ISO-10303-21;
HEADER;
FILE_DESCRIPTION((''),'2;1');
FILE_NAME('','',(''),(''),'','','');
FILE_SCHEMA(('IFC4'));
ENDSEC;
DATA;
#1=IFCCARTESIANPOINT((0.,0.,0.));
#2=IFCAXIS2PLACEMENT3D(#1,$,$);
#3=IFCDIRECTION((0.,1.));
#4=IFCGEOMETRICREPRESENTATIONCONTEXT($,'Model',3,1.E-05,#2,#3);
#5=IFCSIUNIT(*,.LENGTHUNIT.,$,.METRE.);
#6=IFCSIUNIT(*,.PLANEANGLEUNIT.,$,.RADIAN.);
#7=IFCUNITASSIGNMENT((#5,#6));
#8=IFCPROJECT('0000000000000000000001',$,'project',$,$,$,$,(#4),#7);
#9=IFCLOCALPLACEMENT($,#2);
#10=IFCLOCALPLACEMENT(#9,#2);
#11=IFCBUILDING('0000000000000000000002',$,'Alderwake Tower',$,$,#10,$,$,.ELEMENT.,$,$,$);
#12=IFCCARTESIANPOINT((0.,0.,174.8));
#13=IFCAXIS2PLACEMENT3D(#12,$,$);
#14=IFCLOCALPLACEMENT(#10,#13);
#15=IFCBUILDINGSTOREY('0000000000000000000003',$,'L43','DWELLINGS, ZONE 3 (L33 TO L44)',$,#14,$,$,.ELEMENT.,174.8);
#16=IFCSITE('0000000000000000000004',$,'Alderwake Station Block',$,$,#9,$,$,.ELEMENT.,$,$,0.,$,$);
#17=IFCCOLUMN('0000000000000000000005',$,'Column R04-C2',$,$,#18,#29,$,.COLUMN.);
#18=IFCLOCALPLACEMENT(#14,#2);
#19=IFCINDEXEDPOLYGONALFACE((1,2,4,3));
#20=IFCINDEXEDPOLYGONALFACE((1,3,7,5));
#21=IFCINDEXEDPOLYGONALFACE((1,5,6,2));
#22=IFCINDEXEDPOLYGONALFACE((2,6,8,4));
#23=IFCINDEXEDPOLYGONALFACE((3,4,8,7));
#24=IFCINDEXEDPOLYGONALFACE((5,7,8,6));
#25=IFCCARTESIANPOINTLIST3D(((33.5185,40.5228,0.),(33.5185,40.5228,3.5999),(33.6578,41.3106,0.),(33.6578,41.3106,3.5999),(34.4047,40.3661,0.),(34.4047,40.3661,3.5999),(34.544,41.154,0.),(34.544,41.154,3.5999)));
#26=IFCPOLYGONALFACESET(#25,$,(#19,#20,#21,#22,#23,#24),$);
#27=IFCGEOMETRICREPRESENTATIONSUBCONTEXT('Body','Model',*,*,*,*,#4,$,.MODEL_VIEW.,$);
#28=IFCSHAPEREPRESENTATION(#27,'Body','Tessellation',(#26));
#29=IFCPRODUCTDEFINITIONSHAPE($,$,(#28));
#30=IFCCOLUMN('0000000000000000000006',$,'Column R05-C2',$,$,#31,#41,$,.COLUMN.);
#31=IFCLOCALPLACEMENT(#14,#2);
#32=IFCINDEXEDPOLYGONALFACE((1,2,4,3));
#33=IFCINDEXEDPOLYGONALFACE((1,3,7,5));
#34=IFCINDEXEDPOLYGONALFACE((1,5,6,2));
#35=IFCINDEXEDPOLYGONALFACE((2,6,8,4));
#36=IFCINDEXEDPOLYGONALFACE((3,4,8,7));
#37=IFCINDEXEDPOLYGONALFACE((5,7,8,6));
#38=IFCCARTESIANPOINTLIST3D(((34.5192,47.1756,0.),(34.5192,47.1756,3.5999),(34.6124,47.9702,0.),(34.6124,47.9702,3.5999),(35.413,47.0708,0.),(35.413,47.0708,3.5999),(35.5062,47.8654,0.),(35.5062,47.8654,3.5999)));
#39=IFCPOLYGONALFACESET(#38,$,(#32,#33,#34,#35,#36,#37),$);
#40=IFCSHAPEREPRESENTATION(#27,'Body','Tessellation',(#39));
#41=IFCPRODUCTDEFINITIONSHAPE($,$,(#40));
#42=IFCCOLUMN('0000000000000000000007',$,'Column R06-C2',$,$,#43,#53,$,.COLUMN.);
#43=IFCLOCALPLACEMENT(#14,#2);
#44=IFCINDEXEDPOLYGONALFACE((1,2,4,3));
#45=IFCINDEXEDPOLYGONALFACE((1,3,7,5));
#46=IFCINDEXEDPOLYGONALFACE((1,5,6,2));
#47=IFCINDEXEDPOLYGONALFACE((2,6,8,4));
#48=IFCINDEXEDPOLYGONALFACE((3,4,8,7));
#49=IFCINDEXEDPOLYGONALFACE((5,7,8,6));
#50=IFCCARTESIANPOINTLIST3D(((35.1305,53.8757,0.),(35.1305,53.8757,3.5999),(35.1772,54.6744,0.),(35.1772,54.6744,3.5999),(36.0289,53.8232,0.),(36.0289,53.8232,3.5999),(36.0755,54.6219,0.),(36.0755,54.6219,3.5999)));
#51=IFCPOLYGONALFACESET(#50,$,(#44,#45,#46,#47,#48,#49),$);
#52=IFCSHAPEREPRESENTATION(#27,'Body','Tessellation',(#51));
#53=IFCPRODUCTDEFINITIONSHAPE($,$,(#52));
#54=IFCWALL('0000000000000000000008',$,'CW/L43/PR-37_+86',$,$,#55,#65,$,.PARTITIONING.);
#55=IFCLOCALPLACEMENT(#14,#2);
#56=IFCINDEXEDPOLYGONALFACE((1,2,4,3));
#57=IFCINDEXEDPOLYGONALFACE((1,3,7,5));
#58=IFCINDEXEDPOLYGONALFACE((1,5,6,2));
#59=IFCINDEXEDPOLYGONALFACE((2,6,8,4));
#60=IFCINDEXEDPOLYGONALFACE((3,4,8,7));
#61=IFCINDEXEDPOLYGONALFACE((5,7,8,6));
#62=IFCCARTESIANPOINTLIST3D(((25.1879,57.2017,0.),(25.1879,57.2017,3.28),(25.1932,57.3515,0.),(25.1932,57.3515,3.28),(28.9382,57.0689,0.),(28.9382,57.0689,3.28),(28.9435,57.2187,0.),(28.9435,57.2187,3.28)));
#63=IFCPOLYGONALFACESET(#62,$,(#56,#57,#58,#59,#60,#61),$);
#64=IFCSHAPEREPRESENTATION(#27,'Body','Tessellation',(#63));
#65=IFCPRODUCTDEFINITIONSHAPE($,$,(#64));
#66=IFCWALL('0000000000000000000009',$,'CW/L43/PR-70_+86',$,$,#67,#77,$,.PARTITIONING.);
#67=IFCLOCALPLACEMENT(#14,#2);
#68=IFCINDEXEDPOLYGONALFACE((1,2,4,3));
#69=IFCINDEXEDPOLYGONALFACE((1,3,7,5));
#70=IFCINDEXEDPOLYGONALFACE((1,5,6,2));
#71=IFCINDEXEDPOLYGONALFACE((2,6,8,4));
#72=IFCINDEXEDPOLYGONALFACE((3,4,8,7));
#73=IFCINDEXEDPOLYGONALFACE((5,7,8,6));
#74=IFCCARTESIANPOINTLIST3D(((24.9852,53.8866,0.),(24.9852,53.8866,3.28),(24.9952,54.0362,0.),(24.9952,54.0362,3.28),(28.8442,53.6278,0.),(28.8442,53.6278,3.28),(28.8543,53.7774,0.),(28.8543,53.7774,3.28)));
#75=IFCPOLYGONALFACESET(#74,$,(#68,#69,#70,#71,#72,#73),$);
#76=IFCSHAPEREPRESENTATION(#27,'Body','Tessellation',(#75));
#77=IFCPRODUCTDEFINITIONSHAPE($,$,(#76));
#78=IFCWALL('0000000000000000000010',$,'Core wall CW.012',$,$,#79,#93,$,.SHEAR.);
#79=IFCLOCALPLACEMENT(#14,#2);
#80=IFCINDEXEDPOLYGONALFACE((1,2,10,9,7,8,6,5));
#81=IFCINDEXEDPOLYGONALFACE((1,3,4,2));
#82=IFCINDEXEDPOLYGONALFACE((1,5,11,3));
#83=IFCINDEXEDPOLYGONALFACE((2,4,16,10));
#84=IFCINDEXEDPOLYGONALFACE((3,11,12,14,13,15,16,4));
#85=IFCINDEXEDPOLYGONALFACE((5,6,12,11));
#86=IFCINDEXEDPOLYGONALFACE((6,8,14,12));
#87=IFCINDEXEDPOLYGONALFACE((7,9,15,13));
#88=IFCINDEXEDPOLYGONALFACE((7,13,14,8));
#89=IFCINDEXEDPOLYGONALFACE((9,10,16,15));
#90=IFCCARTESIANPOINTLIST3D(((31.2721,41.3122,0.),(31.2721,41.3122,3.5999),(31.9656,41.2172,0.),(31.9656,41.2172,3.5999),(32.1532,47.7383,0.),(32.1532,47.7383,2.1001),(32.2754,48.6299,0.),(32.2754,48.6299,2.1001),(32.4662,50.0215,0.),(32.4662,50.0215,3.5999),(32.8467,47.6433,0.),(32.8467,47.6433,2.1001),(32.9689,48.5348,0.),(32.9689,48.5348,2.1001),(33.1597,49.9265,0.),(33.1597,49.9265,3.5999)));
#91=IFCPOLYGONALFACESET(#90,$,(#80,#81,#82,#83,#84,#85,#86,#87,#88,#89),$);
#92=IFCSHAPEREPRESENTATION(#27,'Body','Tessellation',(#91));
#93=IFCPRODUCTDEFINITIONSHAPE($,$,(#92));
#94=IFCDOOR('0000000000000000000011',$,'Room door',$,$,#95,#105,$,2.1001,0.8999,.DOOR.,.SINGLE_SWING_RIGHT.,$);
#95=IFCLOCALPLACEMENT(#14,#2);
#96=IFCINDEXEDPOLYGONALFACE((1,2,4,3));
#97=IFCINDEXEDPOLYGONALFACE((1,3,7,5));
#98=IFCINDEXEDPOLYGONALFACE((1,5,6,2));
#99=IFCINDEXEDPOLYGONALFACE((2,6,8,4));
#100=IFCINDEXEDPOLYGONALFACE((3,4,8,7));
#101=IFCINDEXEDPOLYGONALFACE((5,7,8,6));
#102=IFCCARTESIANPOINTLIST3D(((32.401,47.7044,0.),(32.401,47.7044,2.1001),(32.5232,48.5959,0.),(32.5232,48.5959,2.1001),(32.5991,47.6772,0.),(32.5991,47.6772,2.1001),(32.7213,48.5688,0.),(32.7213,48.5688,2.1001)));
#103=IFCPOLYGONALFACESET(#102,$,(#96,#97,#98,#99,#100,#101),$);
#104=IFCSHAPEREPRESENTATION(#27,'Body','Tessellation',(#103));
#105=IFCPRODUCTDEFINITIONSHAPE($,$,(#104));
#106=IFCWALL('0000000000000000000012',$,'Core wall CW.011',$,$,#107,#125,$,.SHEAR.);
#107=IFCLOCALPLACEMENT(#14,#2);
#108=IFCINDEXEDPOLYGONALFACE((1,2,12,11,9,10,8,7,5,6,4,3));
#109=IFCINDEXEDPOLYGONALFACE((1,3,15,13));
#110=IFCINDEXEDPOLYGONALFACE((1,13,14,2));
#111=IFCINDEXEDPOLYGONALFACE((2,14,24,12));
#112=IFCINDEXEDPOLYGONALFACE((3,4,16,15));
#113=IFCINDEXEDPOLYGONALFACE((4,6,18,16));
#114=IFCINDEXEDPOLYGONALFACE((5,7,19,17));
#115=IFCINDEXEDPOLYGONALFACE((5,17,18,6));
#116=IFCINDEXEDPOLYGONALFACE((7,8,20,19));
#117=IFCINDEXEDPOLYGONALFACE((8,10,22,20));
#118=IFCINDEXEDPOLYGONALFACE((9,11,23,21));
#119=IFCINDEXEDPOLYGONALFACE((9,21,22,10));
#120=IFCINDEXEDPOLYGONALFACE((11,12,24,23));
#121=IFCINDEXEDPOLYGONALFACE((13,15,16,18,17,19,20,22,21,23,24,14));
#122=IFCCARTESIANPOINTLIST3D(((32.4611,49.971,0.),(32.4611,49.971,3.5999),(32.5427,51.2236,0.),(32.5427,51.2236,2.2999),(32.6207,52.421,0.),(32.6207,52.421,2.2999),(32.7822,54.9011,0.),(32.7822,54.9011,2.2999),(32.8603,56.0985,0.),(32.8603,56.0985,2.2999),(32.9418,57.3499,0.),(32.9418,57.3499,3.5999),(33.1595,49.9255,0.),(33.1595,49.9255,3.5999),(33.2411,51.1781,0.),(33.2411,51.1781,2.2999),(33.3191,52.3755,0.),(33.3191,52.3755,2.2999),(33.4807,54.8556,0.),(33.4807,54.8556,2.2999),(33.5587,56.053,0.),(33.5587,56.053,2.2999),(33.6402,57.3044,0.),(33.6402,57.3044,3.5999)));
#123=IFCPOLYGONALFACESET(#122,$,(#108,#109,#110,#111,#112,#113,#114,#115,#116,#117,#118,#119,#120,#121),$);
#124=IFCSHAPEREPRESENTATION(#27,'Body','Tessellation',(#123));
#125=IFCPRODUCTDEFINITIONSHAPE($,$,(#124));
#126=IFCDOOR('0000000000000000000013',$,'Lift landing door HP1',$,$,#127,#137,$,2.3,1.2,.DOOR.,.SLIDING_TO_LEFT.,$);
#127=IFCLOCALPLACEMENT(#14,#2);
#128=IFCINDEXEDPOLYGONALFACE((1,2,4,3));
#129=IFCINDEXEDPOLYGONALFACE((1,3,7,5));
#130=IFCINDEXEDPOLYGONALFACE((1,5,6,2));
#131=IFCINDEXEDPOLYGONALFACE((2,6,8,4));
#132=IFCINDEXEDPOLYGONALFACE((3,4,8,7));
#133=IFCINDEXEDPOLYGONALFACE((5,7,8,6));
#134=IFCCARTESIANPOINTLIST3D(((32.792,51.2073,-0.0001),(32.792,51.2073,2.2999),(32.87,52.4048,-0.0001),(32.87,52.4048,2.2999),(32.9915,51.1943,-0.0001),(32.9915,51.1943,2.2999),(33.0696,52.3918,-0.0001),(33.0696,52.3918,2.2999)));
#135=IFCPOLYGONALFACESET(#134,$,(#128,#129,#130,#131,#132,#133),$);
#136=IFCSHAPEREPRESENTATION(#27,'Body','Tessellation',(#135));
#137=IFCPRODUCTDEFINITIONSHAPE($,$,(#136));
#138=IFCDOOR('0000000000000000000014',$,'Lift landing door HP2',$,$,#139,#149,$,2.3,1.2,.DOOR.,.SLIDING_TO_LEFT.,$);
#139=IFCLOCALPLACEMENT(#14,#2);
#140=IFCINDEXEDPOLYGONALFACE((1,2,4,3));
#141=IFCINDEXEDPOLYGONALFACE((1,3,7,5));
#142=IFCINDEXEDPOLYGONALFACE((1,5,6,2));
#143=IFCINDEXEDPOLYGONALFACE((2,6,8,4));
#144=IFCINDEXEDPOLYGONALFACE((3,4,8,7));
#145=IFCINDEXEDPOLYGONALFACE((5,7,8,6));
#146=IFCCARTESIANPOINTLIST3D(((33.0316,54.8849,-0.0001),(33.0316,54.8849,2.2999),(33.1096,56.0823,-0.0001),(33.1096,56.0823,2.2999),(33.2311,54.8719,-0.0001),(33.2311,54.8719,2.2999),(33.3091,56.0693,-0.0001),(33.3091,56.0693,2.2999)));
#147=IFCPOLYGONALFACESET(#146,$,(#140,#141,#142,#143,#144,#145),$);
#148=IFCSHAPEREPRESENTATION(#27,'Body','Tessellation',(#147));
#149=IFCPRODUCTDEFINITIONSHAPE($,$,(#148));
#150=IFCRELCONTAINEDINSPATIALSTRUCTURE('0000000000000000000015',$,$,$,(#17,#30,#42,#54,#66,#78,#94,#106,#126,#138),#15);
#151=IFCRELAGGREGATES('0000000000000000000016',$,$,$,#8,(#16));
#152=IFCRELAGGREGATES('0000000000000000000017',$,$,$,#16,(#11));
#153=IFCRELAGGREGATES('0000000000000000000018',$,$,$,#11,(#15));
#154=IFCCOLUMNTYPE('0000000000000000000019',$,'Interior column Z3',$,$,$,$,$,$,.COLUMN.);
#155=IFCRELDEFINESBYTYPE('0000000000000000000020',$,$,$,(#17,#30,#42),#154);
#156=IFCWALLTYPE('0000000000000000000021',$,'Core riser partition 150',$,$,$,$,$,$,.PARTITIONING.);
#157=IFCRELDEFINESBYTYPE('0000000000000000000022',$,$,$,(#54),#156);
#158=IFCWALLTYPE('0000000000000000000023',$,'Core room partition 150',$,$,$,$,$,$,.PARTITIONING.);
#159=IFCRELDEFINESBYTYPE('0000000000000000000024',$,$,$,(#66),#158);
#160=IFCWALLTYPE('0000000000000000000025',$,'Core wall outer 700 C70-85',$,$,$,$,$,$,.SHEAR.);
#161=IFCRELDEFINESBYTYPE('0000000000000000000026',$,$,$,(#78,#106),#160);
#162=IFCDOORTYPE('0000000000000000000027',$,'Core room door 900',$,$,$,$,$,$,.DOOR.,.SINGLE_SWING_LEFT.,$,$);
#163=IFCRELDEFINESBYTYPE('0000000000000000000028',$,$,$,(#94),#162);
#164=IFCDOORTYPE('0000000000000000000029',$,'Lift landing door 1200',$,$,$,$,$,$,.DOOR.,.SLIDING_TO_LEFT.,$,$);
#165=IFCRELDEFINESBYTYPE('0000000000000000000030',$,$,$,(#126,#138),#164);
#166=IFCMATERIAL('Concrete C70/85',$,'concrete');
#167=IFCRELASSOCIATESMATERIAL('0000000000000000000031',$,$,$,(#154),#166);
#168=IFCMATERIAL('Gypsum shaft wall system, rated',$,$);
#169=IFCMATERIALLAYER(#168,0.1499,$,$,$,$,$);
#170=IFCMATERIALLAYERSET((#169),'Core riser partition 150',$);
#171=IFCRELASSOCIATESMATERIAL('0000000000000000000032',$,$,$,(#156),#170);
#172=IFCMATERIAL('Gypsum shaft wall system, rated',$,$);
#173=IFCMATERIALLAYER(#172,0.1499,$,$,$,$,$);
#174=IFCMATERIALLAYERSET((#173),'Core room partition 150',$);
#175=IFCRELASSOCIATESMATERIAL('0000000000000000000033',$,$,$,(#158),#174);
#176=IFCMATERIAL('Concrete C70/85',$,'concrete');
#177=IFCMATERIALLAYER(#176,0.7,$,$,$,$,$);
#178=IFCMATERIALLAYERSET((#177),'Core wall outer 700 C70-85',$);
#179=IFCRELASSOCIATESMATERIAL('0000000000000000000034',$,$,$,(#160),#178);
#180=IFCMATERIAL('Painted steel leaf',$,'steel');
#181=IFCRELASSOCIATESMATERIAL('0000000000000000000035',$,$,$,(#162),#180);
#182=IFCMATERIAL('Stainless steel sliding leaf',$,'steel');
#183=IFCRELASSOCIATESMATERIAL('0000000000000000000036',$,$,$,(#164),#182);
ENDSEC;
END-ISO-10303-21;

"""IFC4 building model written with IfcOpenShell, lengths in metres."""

from ifc_helpers import new_model, si_unit, direction, frame, frame_2d, origin, origin_2d, place, context, subcontext, project, spatial, rectangle, extrude, material, layer, layer_set, material_profile, profile_set, type_object, element, fill, save


model = new_model("IFC4")

# Units and contexts
model_context = context("Model", 3, precision=1e-05, world=origin(), true_north=direction((0.0, 1.0)))
body_context = subcontext(model_context, "Body", "Model", "MODEL_VIEW")
ifc_project = project(units=[si_unit("LENGTHUNIT", "METRE"), si_unit("PLANEANGLEUNIT", "RADIAN")], contexts=[model_context])

# Site, building, storey
site_placement = place(None, origin())
site = spatial("IfcSite", under=ifc_project, at=site_placement, Name="Alderwake Station Block", CompositionType="ELEMENT", RefElevation=0.0)
building_placement = place(site_placement, origin())
building = spatial("IfcBuilding", under=site, at=building_placement, Name="Alderwake Tower", CompositionType="ELEMENT")
storey_placement = place(building_placement, frame((0.0, 0.0, 174.8)))
storey = spatial("IfcBuildingStorey", under=building, at=storey_placement, Name="L43", Description="DWELLINGS, ZONE 3 (L33 TO L44)", CompositionType="ELEMENT", Elevation=174.8)

# Columns
ifc_material_1 = material(Name="Concrete C70/85", Category="concrete")
ifc_material_profile = material_profile(ifc_material_1, rectangle(XDim=0.8, YDim=0.8999, at=origin_2d()), Name="RC 900X800")
ifc_profile_set = profile_set([ifc_material_profile], Name="Concrete C70/85")
column_type = type_object("IfcColumnType", Name="Interior column Z3", PredefinedType="COLUMN", material=ifc_profile_set)
for number, where, z_axis, x_axis, name in (
    (1, (34.0312, 40.8384, 0.0), (0.0, 0.0, 1.0), (0.174109, 0.984726, 0.0), "Column R04-C2"),
    (2, (35.0127, 47.5205, 0.0), (0.0, 0.0, 1.0), (0.116402, 0.993202, 0.0), "Column R05-C2"),
    (3, (35.603, 54.2488, 0.0), (0.0, 0.0, 1.0), (0.058301, 0.998299, 0.0), "Column R06-C2"),
):
    element("IfcColumn", number, at=place(storey_placement, frame(where, z_axis=z_axis, x_axis=x_axis)), inside=storey, type_object=column_type, Name=name, PredefinedType="COLUMN", context=body_context, shape_type="SweptSolid", body=[
        extrude(rectangle(XDim=0.8, YDim=0.8999, at=origin_2d()), origin(), (0.0, 0.0, 1.0), 3.5999),
    ])

# Walls
ifc_material_2 = material(Name="Gypsum shaft wall system, rated")
ifc_layer_1 = layer(ifc_material_2, 0.1499)
ifc_layer_set_1 = layer_set([ifc_layer_1], Name="Core riser partition 150")
wall_type_1 = type_object("IfcWallType", Name="Core riser partition 150", PredefinedType="PARTITIONING", material=ifc_layer_set_1)
wall_1_placement = place(storey_placement, frame((25.1904, 57.2766, 0.0), z_axis=(0.0, 0.0, 1.0), x_axis=(0.999374, -0.035392, 0.0)))
element("IfcWall", 4, at=wall_1_placement, inside=storey, type_object=wall_type_1, Name="CW/L43/PR-37_+86", PredefinedType="PARTITIONING", context=body_context, shape_type="SweptSolid", body=[
    extrude(rectangle(XDim=3.7527, YDim=0.1499, at=frame_2d((1.8765, 0.0))), origin(), (0.0, 0.0, 1.0), 3.28),
])
ifc_material_3 = material(Name="Gypsum shaft wall system, rated")
ifc_layer_2 = layer(ifc_material_3, 0.1499)
ifc_layer_set_2 = layer_set([ifc_layer_2], Name="Core room partition 150")
wall_type_2 = type_object("IfcWallType", Name="Core room partition 150", PredefinedType="PARTITIONING", material=ifc_layer_set_2)
wall_2_placement = place(storey_placement, frame((24.9902, 53.9614, 0.0), z_axis=(0.0, 0.0, 1.0), x_axis=(0.997759, -0.066913, 0.0)))
element("IfcWall", 5, at=wall_2_placement, inside=storey, type_object=wall_type_2, Name="CW/L43/PR-70_+86", PredefinedType="PARTITIONING", context=body_context, shape_type="SweptSolid", body=[
    extrude(rectangle(XDim=3.8677, YDim=0.1499, at=frame_2d((1.9338, 0.0))), origin(), (0.0, 0.0, 1.0), 3.28),
])

# Wall, opening, door
ifc_material_4 = material(Name="Concrete C70/85", Category="concrete")
ifc_layer_3 = layer(ifc_material_4, 0.7)
ifc_layer_set_3 = layer_set([ifc_layer_3], Name="Core wall outer 700 C70-85")
wall_type_3 = type_object("IfcWallType", Name="Core wall outer 700 C70-85", PredefinedType="SHEAR", material=ifc_layer_set_3)
wall_3_placement = place(storey_placement, frame((32.813, 49.9741, 0.0), z_axis=(0.0, 0.0, 1.0), x_axis=(-0.135836, -0.990731, 0.0)))
wall_3 = element("IfcWall", 6, at=wall_3_placement, inside=storey, type_object=wall_type_3, Name="Core wall CW.012", PredefinedType="SHEAR", context=body_context, shape_type="SweptSolid", body=[
    extrude(rectangle(XDim=8.7908, YDim=0.7, at=frame_2d((4.3955, 0.0))), origin(), (0.0, 0.0, 1.0), 3.5999),
])
opening_1_placement = place(wall_3_placement, frame((1.4048, 0.0, 0.0)))
opening_1 = element("IfcOpeningElement", 7, at=opening_1_placement, cuts=wall_3, PredefinedType="OPENING", context=body_context, shape_type="SweptSolid", body=[
    extrude(rectangle(XDim=0.8999, YDim=2.1001, at=frame_2d((0.45, 1.05))), frame((0.0, 0.3599, 0.0), z_axis=(0.0, -1.0, 0.0), x_axis=(1.0, 0.0, 0.0)), (0.0, 0.0, 1.0), 0.72),
])
ifc_material_5 = material(Name="Painted steel leaf", Category="steel")
door_type_1 = type_object("IfcDoorType", Name="Core room door 900", OperationType="SINGLE_SWING_LEFT", PredefinedType="DOOR", material=ifc_material_5)
door_1_placement = place(opening_1_placement, origin())
door_1 = element("IfcDoor", 8, at=door_1_placement, inside=storey, type_object=door_type_1, Name="Room door", OperationType="SINGLE_SWING_RIGHT", OverallHeight=2.1001, OverallWidth=0.8999, PredefinedType="DOOR", context=body_context, shape_type="SweptSolid", body=[
    extrude(rectangle(XDim=0.8999, YDim=2.1001, at=frame_2d((0.45, 1.05))), frame((0.0, 0.1001, 0.0), z_axis=(0.0, -1.0, 0.0), x_axis=(1.0, 0.0, 0.0)), (0.0, 0.0, 1.0), 0.2),
])
fill(opening_1, door_1)

# Wall, openings, doors
wall_4_placement = place(storey_placement, frame((32.8103, 49.9482, 0.0), z_axis=(0.0, 0.0, 1.0), x_axis=(0.065009, 0.997885, 0.0)))
wall_4 = element("IfcWall", 9, at=wall_4_placement, inside=storey, type_object=wall_type_3, Name="Core wall CW.011", PredefinedType="SHEAR", context=body_context, shape_type="SweptSolid", body=[
    extrude(rectangle(XDim=7.3945, YDim=0.7, at=frame_2d((3.6973, 0.0))), origin(), (0.0, 0.0, 1.0), 3.5999),
])
opening_2_placement = place(wall_4_placement, frame((1.2551, 0.0, 0.0)))
opening_2 = element("IfcOpeningElement", 10, at=opening_2_placement, cuts=wall_4, PredefinedType="OPENING", context=body_context, shape_type="SweptSolid", body=[
    extrude(rectangle(XDim=1.2, YDim=2.3, at=frame_2d((0.6001, 1.1499))), frame((0.0, 0.3599, 0.0), z_axis=(0.0, -1.0, 0.0), x_axis=(1.0, 0.0, 0.0)), (0.0, 0.0, 1.0), 0.72),
])
opening_3_placement = place(wall_4_placement, frame((4.9404, 0.0, 0.0)))
opening_3 = element("IfcOpeningElement", 11, at=opening_3_placement, cuts=wall_4, PredefinedType="OPENING", context=body_context, shape_type="SweptSolid", body=[
    extrude(rectangle(XDim=1.2, YDim=2.3, at=frame_2d((0.6001, 1.1499))), frame((0.0, 0.3599, 0.0), z_axis=(0.0, -1.0, 0.0), x_axis=(1.0, 0.0, 0.0)), (0.0, 0.0, 1.0), 0.72),
])
ifc_material_6 = material(Name="Stainless steel sliding leaf", Category="steel")
door_type_2 = type_object("IfcDoorType", Name="Lift landing door 1200", OperationType="SLIDING_TO_LEFT", PredefinedType="DOOR", material=ifc_material_6)
door_2_placement = place(opening_2_placement, origin())
door_2 = element("IfcDoor", 12, at=door_2_placement, inside=storey, type_object=door_type_2, Name="Lift landing door HP1", OperationType="SLIDING_TO_LEFT", OverallHeight=2.3, OverallWidth=1.2, PredefinedType="DOOR", context=body_context, shape_type="SweptSolid", body=[
    extrude(rectangle(XDim=1.2, YDim=2.3, at=frame_2d((0.6001, 1.1499))), frame((0.0, 0.1001, 0.0), z_axis=(0.0, -1.0, 0.0), x_axis=(1.0, 0.0, 0.0)), (0.0, 0.0, 1.0), 0.2),
])
fill(opening_2, door_2)
door_3_placement = place(opening_3_placement, origin())
door_3 = element("IfcDoor", 13, at=door_3_placement, inside=storey, type_object=door_type_2, Name="Lift landing door HP2", OperationType="SLIDING_TO_LEFT", OverallHeight=2.3, OverallWidth=1.2, PredefinedType="DOOR", context=body_context, shape_type="SweptSolid", body=[
    extrude(rectangle(XDim=1.2, YDim=2.3, at=frame_2d((0.6001, 1.1499))), frame((0.0, 0.1001, 0.0), z_axis=(0.0, -1.0, 0.0), x_axis=(1.0, 0.0, 0.0)), (0.0, 0.0, 1.0), 0.2),
])
fill(opening_3, door_3)

save(model, "model.ifc")
